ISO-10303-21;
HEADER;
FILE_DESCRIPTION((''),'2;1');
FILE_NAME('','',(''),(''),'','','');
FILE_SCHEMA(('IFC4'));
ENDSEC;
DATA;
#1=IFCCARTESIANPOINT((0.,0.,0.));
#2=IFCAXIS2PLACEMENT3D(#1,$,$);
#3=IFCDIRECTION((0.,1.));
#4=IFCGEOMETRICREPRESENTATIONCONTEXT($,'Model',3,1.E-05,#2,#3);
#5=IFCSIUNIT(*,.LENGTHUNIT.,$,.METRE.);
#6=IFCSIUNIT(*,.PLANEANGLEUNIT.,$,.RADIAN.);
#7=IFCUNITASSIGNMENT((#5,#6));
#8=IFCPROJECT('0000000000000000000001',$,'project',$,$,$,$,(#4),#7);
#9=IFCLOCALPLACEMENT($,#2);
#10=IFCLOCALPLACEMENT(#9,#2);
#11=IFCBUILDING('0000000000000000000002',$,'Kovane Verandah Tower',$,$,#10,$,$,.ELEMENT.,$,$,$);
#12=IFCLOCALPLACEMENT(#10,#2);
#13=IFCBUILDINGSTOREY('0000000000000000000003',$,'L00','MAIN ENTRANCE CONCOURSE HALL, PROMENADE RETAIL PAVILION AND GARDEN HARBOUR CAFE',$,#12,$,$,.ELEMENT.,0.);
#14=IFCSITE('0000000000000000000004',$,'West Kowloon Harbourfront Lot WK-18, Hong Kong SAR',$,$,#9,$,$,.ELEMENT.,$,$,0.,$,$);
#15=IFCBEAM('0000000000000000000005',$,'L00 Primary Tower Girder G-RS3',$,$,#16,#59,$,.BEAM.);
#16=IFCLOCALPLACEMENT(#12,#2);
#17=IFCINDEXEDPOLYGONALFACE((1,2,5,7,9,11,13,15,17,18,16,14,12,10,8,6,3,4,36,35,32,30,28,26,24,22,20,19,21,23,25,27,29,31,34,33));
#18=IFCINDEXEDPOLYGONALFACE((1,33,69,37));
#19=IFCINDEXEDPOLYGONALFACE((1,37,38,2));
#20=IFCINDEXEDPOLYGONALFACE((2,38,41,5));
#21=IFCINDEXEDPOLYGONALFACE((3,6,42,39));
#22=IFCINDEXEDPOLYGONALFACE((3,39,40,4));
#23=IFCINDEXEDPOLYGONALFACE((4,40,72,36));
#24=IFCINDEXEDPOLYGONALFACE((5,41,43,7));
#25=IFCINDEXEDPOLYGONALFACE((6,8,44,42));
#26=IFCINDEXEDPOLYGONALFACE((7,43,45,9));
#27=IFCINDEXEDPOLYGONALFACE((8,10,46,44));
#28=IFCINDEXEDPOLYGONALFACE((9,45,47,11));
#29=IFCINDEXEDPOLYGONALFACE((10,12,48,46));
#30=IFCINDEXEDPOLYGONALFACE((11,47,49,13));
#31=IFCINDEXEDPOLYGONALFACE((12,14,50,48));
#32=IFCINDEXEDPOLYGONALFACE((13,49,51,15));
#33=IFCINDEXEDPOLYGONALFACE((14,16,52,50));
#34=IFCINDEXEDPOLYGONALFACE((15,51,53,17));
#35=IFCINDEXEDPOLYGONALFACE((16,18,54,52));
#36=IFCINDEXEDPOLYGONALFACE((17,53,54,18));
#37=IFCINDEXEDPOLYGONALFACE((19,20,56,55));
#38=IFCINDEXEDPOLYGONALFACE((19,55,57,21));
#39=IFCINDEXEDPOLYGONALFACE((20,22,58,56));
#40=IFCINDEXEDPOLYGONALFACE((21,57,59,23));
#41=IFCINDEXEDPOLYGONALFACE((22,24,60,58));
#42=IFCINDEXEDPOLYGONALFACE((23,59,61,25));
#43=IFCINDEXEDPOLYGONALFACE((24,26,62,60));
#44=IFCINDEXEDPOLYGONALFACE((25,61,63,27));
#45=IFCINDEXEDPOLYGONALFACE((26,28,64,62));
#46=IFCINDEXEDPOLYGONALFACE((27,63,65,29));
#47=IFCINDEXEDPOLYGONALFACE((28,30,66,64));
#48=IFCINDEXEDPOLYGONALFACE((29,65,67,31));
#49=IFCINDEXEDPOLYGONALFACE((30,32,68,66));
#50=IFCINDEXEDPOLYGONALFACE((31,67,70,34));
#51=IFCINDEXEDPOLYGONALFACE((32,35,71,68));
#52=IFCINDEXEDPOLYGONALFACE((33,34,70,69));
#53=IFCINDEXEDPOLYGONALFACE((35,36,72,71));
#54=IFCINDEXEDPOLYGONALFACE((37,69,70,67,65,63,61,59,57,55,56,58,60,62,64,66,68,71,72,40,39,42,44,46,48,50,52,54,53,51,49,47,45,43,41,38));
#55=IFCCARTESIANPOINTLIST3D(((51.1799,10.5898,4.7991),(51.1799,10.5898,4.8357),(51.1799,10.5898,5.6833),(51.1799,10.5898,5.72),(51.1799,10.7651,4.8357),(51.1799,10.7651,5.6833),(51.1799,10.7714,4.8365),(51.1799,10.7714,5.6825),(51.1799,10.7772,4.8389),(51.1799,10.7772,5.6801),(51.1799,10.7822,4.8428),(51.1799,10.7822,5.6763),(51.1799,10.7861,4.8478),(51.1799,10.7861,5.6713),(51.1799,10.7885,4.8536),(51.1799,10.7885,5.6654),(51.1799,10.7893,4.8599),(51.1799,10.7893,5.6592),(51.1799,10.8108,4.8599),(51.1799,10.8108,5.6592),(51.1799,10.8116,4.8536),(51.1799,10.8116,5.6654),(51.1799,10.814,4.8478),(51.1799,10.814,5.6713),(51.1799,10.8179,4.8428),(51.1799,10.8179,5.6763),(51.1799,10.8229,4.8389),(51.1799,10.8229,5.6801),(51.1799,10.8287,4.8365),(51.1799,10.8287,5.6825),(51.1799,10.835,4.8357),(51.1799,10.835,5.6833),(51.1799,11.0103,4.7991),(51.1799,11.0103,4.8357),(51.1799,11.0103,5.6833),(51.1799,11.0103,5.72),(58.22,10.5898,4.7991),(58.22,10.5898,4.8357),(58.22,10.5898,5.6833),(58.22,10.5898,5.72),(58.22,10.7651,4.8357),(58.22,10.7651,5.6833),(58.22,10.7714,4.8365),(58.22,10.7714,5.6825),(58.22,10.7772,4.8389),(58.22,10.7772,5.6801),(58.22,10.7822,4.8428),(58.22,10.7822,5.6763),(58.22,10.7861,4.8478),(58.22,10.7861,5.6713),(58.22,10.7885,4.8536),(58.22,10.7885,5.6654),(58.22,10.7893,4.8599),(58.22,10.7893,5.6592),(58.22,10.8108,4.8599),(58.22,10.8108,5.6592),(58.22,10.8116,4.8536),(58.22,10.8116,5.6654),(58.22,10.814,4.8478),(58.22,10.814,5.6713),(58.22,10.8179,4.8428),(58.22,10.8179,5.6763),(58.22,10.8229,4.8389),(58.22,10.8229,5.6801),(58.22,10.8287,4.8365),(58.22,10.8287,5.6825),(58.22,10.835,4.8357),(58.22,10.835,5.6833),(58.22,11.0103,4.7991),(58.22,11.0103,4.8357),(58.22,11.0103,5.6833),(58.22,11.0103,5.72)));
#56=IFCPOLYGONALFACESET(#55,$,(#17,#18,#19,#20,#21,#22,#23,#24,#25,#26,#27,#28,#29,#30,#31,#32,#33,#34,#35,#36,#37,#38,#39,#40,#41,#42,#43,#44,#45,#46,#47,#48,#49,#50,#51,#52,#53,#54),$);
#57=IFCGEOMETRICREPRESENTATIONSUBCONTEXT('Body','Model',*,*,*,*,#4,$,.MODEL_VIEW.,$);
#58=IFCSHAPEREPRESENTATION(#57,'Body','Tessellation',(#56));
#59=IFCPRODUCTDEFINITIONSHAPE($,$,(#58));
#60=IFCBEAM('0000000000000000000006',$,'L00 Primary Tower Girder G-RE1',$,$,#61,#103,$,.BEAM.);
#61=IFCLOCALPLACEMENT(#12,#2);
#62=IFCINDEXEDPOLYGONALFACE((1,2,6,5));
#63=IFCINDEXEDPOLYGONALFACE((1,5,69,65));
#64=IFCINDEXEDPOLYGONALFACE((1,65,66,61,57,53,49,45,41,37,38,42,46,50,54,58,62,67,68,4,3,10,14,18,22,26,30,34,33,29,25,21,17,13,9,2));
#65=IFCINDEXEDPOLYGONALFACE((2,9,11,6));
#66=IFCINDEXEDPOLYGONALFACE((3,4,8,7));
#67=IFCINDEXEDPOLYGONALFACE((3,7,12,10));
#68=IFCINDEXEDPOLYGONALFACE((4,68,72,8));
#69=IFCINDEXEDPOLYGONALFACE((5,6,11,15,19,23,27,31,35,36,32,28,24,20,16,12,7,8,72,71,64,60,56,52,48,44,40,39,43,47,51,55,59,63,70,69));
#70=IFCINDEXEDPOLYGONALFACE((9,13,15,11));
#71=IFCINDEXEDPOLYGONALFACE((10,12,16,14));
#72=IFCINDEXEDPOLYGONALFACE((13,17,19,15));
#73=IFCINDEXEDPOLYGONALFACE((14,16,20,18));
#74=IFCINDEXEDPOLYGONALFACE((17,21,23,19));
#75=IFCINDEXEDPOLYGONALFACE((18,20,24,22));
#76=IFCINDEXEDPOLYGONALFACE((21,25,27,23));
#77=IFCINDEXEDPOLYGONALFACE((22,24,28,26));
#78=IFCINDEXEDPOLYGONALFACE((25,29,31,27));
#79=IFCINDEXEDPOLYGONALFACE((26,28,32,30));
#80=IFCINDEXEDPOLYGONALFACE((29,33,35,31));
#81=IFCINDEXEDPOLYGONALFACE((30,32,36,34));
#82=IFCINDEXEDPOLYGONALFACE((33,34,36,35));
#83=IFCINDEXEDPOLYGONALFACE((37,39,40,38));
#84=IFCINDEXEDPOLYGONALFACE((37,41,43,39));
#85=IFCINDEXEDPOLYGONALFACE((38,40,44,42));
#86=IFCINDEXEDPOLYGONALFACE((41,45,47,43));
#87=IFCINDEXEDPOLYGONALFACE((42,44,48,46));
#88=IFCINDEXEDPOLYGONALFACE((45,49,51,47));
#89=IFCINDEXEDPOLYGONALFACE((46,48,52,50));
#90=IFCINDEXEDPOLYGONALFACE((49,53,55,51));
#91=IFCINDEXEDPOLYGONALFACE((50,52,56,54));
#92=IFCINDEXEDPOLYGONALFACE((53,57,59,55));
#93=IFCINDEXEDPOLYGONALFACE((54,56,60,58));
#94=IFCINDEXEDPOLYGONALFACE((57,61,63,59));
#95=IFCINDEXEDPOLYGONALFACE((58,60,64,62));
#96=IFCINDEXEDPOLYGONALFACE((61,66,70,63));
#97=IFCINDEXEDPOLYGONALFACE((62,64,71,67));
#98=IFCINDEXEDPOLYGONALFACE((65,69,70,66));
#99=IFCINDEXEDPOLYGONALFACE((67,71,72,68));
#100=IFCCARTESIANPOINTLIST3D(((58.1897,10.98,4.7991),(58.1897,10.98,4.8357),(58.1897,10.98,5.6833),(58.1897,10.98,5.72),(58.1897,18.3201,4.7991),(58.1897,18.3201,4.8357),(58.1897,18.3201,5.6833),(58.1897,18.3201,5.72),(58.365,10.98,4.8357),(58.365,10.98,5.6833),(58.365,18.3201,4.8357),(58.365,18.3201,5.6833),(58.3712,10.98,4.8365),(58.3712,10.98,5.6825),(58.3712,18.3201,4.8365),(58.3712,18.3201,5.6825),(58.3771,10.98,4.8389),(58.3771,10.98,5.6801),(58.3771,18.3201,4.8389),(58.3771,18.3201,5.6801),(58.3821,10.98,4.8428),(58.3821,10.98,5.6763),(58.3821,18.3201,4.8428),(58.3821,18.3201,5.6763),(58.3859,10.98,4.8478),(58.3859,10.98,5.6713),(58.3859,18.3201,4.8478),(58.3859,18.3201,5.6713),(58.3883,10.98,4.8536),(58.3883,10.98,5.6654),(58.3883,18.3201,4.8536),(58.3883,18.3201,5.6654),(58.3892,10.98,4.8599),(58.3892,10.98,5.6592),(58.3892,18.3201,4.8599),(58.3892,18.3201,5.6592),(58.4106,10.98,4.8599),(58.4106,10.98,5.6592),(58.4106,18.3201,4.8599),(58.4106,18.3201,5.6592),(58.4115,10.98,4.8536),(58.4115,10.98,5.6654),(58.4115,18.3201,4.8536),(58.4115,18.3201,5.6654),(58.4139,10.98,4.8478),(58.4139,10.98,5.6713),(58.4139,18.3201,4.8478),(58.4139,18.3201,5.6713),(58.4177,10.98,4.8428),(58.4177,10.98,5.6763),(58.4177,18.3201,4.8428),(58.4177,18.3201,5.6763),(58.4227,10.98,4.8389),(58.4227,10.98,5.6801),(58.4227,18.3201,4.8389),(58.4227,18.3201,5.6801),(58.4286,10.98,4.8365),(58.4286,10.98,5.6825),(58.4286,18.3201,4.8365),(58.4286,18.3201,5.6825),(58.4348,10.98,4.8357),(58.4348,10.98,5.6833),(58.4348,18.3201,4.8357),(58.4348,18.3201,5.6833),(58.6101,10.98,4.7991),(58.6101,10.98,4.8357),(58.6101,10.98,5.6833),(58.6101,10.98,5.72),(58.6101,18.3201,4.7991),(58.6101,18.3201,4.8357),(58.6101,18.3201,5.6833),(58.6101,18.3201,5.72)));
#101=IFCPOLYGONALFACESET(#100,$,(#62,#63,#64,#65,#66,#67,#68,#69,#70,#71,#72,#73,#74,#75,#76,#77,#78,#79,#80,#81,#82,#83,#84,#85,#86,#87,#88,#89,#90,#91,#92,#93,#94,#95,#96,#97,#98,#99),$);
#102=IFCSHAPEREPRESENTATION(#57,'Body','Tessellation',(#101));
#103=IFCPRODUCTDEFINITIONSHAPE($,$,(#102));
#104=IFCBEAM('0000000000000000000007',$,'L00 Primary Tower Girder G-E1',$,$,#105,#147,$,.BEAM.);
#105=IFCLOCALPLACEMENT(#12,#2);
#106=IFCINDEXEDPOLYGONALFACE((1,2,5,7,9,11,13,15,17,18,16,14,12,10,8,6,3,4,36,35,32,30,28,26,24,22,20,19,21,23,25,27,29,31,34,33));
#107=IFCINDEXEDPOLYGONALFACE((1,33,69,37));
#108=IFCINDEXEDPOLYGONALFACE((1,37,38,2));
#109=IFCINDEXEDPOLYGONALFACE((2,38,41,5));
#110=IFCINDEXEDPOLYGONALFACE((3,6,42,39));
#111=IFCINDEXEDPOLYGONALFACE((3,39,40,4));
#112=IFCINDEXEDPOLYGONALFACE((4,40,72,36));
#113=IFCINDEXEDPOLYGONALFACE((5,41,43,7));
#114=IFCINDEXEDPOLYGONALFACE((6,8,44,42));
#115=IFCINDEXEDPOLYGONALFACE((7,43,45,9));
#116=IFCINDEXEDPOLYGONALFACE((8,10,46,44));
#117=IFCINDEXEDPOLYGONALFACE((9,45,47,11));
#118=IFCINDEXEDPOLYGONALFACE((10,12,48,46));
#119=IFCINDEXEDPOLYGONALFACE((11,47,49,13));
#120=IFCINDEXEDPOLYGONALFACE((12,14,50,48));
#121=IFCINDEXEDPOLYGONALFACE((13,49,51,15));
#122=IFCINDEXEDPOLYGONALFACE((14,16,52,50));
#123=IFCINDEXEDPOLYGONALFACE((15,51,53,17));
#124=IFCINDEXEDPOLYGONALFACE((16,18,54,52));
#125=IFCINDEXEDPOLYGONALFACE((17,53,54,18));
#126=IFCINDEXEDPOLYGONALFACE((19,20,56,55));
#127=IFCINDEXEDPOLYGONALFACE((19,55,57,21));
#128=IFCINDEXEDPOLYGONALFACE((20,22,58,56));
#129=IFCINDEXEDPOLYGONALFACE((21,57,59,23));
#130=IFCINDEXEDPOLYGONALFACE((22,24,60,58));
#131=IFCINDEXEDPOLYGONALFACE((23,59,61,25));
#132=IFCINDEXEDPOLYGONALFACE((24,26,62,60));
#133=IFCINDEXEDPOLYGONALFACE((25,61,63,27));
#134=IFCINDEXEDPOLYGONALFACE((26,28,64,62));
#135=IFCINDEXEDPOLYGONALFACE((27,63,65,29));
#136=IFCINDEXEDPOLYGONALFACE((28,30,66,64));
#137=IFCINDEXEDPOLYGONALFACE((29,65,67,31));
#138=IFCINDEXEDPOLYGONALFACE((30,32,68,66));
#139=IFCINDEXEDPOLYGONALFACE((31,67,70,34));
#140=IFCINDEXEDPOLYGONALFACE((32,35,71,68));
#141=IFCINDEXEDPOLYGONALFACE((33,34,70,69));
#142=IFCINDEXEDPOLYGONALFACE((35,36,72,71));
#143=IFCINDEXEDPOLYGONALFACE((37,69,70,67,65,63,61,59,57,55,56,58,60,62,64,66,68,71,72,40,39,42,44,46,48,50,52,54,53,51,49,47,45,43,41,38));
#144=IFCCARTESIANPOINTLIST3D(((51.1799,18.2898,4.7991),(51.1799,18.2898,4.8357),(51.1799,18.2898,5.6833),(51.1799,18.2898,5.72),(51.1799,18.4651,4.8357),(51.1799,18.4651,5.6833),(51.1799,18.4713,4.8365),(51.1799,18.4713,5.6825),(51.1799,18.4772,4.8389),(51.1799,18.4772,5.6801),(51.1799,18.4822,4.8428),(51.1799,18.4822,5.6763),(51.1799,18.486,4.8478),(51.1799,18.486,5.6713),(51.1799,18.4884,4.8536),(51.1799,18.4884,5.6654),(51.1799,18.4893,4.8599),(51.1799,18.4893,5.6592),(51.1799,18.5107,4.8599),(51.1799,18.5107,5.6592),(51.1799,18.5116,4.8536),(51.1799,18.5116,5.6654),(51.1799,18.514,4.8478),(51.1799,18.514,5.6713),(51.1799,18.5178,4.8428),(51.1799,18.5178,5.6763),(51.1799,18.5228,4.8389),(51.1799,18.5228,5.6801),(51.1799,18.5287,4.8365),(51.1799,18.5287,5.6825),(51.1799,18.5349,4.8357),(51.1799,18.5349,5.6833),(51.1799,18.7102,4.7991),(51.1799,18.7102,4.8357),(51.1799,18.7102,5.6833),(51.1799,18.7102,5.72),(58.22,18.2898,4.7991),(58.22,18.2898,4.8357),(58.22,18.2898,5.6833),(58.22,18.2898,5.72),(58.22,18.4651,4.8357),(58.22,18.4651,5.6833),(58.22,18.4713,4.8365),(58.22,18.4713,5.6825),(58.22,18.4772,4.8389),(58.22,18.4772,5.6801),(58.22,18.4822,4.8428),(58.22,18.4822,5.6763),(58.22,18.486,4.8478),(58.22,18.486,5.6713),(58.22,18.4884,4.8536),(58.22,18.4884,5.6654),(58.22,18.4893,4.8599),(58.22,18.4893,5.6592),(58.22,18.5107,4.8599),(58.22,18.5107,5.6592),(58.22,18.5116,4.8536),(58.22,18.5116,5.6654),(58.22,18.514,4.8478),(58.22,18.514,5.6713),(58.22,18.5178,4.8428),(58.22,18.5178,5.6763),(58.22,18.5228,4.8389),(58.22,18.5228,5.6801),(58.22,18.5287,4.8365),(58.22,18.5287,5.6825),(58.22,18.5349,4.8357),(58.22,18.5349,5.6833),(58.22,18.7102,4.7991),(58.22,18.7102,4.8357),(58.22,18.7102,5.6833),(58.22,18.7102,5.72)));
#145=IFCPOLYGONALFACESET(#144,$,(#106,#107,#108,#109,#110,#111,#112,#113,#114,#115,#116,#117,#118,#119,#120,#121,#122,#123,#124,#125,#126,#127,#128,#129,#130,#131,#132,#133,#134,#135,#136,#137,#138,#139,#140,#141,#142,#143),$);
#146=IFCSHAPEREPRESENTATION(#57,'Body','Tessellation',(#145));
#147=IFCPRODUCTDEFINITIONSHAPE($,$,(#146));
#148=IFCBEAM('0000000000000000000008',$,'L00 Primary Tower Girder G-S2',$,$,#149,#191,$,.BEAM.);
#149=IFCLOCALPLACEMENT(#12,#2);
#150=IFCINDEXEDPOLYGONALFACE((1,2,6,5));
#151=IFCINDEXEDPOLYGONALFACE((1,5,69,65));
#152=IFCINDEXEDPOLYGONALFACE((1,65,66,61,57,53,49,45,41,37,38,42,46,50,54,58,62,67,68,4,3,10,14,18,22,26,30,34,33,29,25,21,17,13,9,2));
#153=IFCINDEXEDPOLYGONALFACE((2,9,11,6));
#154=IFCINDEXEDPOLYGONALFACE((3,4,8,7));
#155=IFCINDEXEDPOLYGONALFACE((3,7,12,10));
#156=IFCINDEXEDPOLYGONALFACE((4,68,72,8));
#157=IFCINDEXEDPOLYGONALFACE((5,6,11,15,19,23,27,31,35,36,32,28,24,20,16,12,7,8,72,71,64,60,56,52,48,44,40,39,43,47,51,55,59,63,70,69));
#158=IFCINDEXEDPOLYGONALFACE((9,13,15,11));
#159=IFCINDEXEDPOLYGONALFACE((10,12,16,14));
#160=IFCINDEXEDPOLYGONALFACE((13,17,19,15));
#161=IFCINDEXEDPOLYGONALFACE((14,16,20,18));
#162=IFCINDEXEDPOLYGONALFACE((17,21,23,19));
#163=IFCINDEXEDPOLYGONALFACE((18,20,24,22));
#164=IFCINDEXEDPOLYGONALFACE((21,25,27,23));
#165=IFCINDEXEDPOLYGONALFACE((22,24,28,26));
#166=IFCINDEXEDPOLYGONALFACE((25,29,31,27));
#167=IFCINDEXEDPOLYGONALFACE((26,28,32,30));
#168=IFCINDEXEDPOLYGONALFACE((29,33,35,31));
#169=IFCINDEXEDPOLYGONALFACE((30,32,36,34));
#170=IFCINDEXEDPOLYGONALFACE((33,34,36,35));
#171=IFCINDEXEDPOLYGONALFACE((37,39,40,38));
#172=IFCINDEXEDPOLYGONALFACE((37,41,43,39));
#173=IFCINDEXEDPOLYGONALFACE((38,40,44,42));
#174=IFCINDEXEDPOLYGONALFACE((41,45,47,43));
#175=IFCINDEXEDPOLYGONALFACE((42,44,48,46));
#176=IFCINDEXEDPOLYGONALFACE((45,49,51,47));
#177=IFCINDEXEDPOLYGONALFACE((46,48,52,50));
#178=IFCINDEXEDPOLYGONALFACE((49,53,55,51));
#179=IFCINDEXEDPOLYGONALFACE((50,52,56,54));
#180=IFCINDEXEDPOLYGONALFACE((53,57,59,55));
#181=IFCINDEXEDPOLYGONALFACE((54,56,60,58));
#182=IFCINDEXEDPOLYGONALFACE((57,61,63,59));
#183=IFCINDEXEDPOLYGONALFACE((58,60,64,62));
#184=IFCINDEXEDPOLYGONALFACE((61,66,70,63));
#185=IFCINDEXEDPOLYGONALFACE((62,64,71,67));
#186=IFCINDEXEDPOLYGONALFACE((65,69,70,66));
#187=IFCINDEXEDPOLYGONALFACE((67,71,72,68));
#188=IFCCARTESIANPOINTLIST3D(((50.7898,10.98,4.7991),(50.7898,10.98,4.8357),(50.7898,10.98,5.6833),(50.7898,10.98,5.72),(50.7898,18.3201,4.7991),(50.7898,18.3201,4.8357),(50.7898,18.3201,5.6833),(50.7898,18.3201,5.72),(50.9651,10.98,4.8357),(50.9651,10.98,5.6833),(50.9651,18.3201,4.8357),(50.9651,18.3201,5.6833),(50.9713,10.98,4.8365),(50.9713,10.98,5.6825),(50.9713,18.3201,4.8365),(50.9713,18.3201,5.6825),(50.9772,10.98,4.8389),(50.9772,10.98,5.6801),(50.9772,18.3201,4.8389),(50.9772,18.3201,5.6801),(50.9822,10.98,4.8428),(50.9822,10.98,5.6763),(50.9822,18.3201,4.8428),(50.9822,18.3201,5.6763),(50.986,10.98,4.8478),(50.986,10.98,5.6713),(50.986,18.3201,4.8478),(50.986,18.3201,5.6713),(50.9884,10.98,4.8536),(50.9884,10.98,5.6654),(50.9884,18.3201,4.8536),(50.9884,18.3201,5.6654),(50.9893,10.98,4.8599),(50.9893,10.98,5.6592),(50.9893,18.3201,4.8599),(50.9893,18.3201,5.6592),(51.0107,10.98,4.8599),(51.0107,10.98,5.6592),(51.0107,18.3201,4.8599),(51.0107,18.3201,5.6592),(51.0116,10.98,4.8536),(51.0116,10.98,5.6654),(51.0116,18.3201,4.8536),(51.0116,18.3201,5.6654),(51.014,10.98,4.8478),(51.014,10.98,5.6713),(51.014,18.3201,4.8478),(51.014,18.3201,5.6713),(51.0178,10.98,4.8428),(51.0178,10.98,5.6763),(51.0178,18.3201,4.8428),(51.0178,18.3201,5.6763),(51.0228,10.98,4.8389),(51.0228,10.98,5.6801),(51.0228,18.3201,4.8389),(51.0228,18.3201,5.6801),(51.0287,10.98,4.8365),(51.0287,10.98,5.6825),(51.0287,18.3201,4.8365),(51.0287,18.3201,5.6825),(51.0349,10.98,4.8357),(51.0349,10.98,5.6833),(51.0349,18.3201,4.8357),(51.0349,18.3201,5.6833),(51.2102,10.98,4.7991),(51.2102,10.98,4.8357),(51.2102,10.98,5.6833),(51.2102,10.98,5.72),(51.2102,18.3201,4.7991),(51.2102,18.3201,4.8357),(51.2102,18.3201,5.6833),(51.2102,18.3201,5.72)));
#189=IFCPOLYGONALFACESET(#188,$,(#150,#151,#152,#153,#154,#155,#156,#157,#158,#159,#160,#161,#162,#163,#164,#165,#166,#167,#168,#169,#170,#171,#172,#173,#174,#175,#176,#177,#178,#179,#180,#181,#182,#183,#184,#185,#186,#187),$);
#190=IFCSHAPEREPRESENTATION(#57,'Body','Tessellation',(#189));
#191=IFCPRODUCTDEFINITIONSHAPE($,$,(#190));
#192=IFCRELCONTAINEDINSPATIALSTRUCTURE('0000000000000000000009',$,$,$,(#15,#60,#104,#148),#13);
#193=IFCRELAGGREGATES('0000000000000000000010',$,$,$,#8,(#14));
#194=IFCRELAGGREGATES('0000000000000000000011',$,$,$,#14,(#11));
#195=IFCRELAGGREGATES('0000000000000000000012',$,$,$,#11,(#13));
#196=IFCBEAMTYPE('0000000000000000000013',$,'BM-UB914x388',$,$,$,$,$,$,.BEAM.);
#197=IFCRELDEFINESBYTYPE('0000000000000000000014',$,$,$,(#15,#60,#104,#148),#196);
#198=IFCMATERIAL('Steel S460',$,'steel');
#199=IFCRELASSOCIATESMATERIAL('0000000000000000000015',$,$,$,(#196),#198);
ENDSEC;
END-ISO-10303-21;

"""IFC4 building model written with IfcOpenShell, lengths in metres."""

from ifc_helpers import new_model, si_unit, direction, frame, origin, origin_2d, place, context, subcontext, project, spatial, i_section, extrude, material, material_profile, profile_set, type_object, element, save


model = new_model("IFC4")

# Units and contexts
model_context = context("Model", 3, precision=1e-05, world=origin(), true_north=direction((0.0, 1.0)))
body_context = subcontext(model_context, "Body", "Model", "MODEL_VIEW")
ifc_project = project(units=[si_unit("LENGTHUNIT", "METRE"), si_unit("PLANEANGLEUNIT", "RADIAN")], contexts=[model_context])

# Site, building, storey
site_placement = place(None, origin())
site = spatial("IfcSite", under=ifc_project, at=site_placement, Name="West Kowloon Harbourfront Lot WK-18, Hong Kong SAR", CompositionType="ELEMENT", RefElevation=0.0)
building_placement = place(site_placement, origin())
building = spatial("IfcBuilding", under=site, at=building_placement, Name="Kovane Verandah Tower", CompositionType="ELEMENT")
storey_placement = place(building_placement, origin())
storey = spatial("IfcBuildingStorey", under=building, at=storey_placement, Name="L00", Description="MAIN ENTRANCE CONCOURSE HALL, PROMENADE RETAIL PAVILION AND GARDEN HARBOUR CAFE", CompositionType="ELEMENT", Elevation=0.0)

# Shared definitions
ifc_material_1 = material(Name="Steel S460", Category="steel")

# Beams
ifc_material_profile_1 = material_profile(ifc_material_1, i_section(OverallWidth=0.4204, OverallDepth=0.9209, WebThickness=0.0215, FlangeThickness=0.0366, FilletRadius=0.0242, at=origin_2d()), Name="UB914x419x388")
ifc_profile_set_1 = profile_set([ifc_material_profile_1], Name="Steel S460")
beam_type_1 = type_object("IfcBeamType", Name="BM-UB914x388", PredefinedType="BEAM", material=ifc_profile_set_1)
beam_1_placement = place(storey_placement, frame((51.1799, 10.8, 5.2595), z_axis=(1.0, 0.0, 0.0), x_axis=(0.0, 1.0, 0.0)))
element("IfcBeam", 1, at=beam_1_placement, inside=storey, type_object=beam_type_1, Name="L00 Primary Tower Girder G-RS3", PredefinedType="BEAM", context=body_context, shape_type="SweptSolid", body=[
    extrude(i_section(OverallWidth=0.4204, OverallDepth=0.9209, WebThickness=0.0215, FlangeThickness=0.0366, FilletRadius=0.0242, at=origin_2d()), origin(), (0.0, 0.0, 1.0), 7.04),
])
beam_2_placement = place(storey_placement, frame((58.3999, 10.98, 5.2595), z_axis=(0.0, 1.0, 0.0), x_axis=(-1.0, 0.0, 0.0)))
element("IfcBeam", 2, at=beam_2_placement, inside=storey, type_object=beam_type_1, Name="L00 Primary Tower Girder G-RE1", PredefinedType="BEAM", context=body_context, shape_type="SweptSolid", body=[
    extrude(i_section(OverallWidth=0.4204, OverallDepth=0.9209, WebThickness=0.0215, FlangeThickness=0.0366, FilletRadius=0.0242, at=origin_2d()), origin(), (0.0, 0.0, 1.0), 7.3401),
])
beam_3_placement = place(storey_placement, frame((51.1799, 18.5, 5.2595), z_axis=(1.0, 0.0, 0.0), x_axis=(0.0, 1.0, 0.0)))
element("IfcBeam", 3, at=beam_3_placement, inside=storey, type_object=beam_type_1, Name="L00 Primary Tower Girder G-E1", PredefinedType="BEAM", context=body_context, shape_type="SweptSolid", body=[
    extrude(i_section(OverallWidth=0.4204, OverallDepth=0.9209, WebThickness=0.0215, FlangeThickness=0.0366, FilletRadius=0.0242, at=origin_2d()), origin(), (0.0, 0.0, 1.0), 7.04),
])
beam_4_placement = place(storey_placement, frame((51.0, 18.3201, 5.2595), z_axis=(0.0, -1.0, 0.0), x_axis=(1.0, 0.0, 0.0)))
element("IfcBeam", 4, at=beam_4_placement, inside=storey, type_object=beam_type_1, Name="L00 Primary Tower Girder G-S2", PredefinedType="BEAM", context=body_context, shape_type="SweptSolid", body=[
    extrude(i_section(OverallWidth=0.4204, OverallDepth=0.9209, WebThickness=0.0215, FlangeThickness=0.0366, FilletRadius=0.0242, at=origin_2d()), origin(), (0.0, 0.0, 1.0), 7.3401),
])

save(model, "model.ifc")
